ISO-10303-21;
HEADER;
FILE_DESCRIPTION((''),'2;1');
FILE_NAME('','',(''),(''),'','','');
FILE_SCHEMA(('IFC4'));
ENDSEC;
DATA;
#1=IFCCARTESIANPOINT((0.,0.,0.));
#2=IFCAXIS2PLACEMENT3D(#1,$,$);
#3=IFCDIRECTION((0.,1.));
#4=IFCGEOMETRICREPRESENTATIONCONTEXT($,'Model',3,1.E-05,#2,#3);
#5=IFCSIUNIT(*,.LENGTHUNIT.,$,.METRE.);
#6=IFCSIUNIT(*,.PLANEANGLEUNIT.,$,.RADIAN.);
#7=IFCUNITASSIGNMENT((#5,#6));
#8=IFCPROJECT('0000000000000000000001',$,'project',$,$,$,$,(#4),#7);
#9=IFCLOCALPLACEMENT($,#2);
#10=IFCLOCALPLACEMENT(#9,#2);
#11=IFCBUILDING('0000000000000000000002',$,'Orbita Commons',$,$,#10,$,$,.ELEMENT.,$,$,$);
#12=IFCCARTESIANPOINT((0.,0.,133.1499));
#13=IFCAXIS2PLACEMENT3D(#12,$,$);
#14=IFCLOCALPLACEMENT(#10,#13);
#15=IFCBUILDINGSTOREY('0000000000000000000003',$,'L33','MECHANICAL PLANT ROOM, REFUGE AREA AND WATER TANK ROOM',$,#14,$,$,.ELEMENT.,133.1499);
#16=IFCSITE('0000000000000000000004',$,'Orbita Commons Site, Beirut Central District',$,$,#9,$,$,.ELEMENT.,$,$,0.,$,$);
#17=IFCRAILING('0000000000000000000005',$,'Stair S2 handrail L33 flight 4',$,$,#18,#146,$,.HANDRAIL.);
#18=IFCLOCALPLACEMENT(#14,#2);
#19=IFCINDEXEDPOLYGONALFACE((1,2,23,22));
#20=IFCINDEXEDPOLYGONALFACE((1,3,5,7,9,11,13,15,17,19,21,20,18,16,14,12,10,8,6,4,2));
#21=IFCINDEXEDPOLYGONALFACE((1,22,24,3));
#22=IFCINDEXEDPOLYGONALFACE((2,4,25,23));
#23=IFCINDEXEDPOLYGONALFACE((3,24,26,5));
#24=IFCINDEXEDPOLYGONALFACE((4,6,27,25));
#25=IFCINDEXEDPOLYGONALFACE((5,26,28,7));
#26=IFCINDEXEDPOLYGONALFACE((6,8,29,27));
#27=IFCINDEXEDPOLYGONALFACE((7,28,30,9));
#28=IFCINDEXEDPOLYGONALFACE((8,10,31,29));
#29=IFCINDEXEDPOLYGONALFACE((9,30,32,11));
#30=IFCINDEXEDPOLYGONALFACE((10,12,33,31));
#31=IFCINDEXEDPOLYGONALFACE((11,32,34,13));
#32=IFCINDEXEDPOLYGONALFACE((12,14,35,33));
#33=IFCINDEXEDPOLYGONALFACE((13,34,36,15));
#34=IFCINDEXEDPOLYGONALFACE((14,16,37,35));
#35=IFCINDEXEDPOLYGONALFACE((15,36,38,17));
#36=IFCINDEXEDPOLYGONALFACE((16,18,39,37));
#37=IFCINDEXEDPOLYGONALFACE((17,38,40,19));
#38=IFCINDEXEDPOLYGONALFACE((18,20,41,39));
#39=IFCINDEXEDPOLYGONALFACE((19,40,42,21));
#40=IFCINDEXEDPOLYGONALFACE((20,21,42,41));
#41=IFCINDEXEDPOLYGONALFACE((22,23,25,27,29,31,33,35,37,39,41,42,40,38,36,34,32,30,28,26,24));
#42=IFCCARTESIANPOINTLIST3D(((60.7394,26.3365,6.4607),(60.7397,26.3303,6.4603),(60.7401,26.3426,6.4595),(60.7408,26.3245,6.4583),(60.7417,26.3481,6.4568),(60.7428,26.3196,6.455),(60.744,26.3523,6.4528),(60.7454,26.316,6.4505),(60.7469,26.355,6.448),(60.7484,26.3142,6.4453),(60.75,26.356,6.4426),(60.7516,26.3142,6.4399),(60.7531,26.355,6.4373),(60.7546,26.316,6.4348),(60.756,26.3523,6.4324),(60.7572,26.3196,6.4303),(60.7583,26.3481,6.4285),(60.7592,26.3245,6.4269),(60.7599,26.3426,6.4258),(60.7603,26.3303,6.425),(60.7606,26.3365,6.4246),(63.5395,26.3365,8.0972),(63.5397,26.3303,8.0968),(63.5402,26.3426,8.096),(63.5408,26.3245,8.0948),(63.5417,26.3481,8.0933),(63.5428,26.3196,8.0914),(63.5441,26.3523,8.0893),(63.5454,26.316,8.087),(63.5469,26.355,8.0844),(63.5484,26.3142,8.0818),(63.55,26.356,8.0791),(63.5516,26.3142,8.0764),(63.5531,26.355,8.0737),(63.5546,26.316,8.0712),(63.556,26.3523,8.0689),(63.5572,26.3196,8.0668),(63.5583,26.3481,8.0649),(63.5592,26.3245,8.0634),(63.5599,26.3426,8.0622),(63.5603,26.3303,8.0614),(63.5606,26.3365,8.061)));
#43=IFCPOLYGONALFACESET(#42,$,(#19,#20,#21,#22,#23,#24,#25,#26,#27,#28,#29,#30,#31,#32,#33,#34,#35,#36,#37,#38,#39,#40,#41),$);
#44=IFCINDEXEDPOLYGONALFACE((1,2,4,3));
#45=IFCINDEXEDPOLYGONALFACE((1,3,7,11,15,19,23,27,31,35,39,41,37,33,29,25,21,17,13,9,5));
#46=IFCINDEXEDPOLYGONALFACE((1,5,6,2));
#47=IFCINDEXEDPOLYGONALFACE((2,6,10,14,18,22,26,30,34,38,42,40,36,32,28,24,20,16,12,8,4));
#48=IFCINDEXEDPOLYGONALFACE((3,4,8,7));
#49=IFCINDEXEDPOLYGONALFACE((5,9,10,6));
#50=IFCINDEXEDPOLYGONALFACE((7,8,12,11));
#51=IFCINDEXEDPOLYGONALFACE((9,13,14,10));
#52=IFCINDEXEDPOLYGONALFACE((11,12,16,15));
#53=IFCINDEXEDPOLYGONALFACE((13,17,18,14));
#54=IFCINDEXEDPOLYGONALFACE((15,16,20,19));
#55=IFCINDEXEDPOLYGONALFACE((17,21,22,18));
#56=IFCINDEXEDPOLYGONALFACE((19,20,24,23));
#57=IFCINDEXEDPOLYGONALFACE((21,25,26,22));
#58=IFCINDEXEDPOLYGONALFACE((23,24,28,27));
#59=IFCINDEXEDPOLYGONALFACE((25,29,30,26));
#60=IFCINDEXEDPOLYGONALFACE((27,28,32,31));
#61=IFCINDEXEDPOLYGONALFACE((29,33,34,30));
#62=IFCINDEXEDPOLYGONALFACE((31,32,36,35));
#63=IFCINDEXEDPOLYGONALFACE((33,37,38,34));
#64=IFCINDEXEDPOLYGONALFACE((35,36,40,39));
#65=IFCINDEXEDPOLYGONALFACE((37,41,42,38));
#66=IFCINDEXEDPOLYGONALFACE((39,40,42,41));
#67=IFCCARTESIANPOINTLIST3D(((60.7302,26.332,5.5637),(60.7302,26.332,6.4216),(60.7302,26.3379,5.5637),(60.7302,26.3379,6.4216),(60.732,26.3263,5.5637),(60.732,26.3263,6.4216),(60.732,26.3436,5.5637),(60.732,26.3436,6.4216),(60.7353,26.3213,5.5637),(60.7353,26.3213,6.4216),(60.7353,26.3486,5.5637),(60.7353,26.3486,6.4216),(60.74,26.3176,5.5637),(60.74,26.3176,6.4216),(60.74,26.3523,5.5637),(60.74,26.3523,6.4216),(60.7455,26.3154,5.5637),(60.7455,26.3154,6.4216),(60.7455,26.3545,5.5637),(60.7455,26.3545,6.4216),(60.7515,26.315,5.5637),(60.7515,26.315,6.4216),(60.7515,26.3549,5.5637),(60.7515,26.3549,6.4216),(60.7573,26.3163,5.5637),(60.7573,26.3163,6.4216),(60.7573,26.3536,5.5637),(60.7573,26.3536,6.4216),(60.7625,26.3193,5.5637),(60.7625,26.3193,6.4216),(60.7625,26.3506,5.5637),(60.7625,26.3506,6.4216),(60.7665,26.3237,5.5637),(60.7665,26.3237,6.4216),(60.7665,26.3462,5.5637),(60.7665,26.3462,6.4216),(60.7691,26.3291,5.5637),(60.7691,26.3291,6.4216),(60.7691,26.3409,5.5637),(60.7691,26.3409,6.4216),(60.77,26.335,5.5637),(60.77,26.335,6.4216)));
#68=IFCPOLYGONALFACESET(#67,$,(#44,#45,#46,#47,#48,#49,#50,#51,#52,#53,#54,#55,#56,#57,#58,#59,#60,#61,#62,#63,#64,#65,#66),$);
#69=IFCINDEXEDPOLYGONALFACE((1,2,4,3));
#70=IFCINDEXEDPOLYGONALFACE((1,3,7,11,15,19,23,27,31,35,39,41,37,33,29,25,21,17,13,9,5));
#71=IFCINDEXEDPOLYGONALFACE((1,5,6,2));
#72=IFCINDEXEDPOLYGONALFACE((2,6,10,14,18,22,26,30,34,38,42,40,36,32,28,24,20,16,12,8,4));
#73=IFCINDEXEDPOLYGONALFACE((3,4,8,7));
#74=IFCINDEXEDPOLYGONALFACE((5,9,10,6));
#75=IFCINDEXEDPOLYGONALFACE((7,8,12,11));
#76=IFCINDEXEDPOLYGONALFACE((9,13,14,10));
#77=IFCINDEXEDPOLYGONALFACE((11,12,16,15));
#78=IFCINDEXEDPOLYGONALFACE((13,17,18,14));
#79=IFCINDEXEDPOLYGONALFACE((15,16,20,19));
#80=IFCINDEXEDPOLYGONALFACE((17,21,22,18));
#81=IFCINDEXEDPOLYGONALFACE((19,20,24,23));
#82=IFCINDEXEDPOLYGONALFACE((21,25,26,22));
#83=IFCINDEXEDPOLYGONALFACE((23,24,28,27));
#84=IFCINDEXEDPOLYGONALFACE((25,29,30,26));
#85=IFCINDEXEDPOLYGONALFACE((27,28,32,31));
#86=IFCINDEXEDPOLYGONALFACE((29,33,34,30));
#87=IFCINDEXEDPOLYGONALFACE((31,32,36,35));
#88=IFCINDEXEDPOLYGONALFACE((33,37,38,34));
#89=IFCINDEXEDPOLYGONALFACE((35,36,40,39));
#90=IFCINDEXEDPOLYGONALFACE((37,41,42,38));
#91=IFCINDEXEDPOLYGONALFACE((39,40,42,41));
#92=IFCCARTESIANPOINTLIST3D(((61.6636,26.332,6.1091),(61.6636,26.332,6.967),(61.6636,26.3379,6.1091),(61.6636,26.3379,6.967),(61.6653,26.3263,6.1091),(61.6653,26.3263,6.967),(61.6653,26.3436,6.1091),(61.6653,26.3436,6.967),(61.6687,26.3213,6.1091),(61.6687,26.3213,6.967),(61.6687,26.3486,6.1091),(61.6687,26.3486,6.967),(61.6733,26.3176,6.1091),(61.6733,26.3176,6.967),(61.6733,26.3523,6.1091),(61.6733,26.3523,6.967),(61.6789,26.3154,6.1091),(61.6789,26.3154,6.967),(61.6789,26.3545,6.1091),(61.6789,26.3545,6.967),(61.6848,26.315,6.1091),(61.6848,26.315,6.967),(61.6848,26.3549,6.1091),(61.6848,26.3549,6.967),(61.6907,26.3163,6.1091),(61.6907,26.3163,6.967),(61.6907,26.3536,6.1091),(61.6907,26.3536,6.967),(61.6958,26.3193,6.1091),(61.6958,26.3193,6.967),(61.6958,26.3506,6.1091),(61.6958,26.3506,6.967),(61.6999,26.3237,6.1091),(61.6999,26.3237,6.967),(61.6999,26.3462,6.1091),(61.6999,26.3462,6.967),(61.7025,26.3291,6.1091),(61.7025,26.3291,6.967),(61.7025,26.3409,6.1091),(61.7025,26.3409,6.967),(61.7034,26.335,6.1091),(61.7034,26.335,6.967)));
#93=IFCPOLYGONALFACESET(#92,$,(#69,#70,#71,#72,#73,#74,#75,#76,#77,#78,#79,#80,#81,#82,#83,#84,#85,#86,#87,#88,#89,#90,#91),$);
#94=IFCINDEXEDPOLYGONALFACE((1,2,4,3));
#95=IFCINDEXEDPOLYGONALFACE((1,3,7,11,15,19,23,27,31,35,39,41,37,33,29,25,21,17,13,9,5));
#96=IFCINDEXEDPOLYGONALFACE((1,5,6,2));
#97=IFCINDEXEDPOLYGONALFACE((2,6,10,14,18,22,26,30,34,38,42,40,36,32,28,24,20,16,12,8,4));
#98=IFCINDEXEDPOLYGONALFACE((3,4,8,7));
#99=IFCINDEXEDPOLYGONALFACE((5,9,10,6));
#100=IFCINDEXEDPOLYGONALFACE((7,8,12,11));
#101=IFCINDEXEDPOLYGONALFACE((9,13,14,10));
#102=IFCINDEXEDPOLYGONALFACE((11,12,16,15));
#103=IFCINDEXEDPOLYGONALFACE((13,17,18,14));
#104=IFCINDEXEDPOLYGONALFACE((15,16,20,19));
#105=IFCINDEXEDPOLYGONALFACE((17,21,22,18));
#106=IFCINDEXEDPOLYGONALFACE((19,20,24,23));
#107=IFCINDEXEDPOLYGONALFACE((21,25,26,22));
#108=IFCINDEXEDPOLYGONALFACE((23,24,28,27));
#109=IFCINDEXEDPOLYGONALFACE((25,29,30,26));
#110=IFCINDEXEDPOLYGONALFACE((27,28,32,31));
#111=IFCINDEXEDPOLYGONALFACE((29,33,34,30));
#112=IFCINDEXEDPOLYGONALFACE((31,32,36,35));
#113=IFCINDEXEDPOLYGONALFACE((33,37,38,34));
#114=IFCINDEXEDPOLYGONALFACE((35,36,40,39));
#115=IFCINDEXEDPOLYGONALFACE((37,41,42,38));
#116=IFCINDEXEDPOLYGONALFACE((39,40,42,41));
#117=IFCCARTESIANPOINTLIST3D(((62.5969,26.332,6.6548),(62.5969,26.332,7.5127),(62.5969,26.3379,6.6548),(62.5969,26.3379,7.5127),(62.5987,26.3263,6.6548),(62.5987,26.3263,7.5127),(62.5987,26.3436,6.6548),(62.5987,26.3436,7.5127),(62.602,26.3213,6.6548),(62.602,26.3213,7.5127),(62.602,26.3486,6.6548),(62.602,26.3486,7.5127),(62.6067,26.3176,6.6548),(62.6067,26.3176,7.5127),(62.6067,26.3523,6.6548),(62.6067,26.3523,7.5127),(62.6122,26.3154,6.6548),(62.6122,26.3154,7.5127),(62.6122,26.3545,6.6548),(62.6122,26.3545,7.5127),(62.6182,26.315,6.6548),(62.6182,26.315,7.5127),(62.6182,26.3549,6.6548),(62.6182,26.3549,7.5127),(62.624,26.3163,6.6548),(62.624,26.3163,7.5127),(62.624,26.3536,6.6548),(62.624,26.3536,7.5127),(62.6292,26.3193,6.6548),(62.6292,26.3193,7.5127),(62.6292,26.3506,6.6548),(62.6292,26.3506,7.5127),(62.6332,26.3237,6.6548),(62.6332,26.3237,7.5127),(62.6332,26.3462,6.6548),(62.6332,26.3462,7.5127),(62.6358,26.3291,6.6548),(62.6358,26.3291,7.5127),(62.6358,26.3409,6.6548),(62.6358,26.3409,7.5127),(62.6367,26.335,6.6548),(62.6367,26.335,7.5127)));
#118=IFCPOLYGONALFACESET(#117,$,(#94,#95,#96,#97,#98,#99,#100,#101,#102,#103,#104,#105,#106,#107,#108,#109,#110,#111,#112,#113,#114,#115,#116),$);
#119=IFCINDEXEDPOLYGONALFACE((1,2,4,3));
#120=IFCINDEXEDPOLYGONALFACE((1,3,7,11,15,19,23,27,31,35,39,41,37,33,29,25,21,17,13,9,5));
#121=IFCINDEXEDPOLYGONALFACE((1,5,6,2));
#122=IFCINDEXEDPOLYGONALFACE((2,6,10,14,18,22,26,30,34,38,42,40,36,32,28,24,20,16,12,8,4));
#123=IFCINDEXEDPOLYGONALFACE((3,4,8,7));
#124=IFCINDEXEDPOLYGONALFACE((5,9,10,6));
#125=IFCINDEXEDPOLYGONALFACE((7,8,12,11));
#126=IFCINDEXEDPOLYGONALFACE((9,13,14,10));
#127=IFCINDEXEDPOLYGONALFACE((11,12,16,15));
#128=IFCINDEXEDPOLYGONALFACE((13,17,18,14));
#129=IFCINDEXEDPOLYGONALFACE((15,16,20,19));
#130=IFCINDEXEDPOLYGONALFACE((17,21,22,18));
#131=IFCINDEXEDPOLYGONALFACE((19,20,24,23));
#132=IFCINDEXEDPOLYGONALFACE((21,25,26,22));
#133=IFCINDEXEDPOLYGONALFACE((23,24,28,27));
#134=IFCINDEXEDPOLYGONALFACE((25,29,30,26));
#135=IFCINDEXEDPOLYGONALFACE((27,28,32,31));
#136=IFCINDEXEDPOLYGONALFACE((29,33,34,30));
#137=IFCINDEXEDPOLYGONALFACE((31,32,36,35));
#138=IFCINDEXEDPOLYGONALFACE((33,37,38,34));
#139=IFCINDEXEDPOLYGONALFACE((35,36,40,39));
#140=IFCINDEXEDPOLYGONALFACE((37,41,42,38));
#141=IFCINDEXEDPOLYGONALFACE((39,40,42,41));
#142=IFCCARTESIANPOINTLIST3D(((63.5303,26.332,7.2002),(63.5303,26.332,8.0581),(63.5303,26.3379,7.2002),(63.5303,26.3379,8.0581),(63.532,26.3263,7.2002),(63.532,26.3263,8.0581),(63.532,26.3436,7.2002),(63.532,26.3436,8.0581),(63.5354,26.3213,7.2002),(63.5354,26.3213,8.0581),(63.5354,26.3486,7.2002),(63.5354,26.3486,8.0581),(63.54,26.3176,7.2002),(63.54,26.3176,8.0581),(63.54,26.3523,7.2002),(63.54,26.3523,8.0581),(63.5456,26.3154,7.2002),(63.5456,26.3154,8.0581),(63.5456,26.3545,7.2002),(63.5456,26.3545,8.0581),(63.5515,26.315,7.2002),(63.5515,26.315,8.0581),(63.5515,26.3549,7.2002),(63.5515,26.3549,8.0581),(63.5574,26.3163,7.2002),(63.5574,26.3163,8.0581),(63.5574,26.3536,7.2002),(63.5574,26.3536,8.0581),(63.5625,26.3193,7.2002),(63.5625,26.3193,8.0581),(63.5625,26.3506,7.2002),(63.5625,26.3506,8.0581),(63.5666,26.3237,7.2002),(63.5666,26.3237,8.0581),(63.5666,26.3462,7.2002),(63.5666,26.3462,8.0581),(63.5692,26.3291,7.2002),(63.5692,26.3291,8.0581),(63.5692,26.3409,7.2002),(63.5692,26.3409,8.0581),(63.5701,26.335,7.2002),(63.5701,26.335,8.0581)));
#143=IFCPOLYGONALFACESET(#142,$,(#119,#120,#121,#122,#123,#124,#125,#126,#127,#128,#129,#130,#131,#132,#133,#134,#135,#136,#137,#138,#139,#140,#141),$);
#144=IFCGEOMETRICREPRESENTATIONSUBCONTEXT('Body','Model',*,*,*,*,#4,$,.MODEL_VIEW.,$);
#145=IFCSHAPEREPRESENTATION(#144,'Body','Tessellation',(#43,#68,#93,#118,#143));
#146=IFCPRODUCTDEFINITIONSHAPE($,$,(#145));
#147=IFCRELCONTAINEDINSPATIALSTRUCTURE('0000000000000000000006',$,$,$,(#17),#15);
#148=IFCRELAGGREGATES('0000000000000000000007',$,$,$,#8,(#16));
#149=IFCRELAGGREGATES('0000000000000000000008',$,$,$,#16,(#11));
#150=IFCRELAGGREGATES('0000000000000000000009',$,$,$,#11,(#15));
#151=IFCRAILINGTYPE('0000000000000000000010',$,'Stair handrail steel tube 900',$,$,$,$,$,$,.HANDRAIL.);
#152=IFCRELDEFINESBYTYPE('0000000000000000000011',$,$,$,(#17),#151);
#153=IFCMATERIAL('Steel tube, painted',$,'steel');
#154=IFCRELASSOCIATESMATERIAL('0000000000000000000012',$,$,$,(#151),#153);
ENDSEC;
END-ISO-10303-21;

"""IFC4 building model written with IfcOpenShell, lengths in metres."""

from ifc_helpers import new_model, si_unit, direction, frame, origin, origin_2d, place, context, subcontext, project, spatial, circle, extrude, material, type_object, element, save


model = new_model("IFC4")

# Units and contexts
model_context = context("Model", 3, precision=1e-05, world=origin(), true_north=direction((0.0, 1.0)))
body_context = subcontext(model_context, "Body", "Model", "MODEL_VIEW")
ifc_project = project(units=[si_unit("LENGTHUNIT", "METRE"), si_unit("PLANEANGLEUNIT", "RADIAN")], contexts=[model_context])

# Site, building, storey
site_placement = place(None, origin())
site = spatial("IfcSite", under=ifc_project, at=site_placement, Name="Orbita Commons Site, Beirut Central District", CompositionType="ELEMENT", RefElevation=0.0)
building_placement = place(site_placement, origin())
building = spatial("IfcBuilding", under=site, at=building_placement, Name="Orbita Commons", CompositionType="ELEMENT")
storey_placement = place(building_placement, frame((0.0, 0.0, 133.1499)))
storey = spatial("IfcBuildingStorey", under=building, at=storey_placement, Name="L33", Description="MECHANICAL PLANT ROOM, REFUGE AREA AND WATER TANK ROOM", CompositionType="ELEMENT", Elevation=133.1499)

# Railing
ifc_material_1 = material(Name="Steel tube, painted", Category="steel")
railing_type = type_object("IfcRailingType", Name="Stair handrail steel tube 900", PredefinedType="HANDRAIL", material=ifc_material_1)
for number, where, name in (
    (1, (60.75, 26.335, 5.5637), "Stair S2 handrail L33 flight 4"),
):
    element("IfcRailing", number, at=place(storey_placement, frame(where)), inside=storey, type_object=railing_type, Name=name, PredefinedType="HANDRAIL", context=body_context, shape_type="SweptSolid", body=[
        extrude(circle(Radius=0.021, at=origin_2d()), frame((0.0, 0.0, 0.8789), z_axis=(0.863361, 0.0, 0.504587), x_axis=(0.0, 1.0, 0.0)), (0.0, 0.0, 1.0), 3.2432),
        extrude(circle(Radius=0.02, at=origin_2d()), origin(), (0.0, 0.0, 1.0), 0.8579),
        extrude(circle(Radius=0.02, at=origin_2d()), frame((0.9333, 0.0, 0.5454)), (0.0, 0.0, 1.0), 0.8579),
        extrude(circle(Radius=0.02, at=origin_2d()), frame((1.8667, 0.0, 1.0911)), (0.0, 0.0, 1.0), 0.8579),
        extrude(circle(Radius=0.02, at=origin_2d()), frame((2.8, 0.0, 1.6365)), (0.0, 0.0, 1.0), 0.8579),
    ])

save(model, "model.ifc")
